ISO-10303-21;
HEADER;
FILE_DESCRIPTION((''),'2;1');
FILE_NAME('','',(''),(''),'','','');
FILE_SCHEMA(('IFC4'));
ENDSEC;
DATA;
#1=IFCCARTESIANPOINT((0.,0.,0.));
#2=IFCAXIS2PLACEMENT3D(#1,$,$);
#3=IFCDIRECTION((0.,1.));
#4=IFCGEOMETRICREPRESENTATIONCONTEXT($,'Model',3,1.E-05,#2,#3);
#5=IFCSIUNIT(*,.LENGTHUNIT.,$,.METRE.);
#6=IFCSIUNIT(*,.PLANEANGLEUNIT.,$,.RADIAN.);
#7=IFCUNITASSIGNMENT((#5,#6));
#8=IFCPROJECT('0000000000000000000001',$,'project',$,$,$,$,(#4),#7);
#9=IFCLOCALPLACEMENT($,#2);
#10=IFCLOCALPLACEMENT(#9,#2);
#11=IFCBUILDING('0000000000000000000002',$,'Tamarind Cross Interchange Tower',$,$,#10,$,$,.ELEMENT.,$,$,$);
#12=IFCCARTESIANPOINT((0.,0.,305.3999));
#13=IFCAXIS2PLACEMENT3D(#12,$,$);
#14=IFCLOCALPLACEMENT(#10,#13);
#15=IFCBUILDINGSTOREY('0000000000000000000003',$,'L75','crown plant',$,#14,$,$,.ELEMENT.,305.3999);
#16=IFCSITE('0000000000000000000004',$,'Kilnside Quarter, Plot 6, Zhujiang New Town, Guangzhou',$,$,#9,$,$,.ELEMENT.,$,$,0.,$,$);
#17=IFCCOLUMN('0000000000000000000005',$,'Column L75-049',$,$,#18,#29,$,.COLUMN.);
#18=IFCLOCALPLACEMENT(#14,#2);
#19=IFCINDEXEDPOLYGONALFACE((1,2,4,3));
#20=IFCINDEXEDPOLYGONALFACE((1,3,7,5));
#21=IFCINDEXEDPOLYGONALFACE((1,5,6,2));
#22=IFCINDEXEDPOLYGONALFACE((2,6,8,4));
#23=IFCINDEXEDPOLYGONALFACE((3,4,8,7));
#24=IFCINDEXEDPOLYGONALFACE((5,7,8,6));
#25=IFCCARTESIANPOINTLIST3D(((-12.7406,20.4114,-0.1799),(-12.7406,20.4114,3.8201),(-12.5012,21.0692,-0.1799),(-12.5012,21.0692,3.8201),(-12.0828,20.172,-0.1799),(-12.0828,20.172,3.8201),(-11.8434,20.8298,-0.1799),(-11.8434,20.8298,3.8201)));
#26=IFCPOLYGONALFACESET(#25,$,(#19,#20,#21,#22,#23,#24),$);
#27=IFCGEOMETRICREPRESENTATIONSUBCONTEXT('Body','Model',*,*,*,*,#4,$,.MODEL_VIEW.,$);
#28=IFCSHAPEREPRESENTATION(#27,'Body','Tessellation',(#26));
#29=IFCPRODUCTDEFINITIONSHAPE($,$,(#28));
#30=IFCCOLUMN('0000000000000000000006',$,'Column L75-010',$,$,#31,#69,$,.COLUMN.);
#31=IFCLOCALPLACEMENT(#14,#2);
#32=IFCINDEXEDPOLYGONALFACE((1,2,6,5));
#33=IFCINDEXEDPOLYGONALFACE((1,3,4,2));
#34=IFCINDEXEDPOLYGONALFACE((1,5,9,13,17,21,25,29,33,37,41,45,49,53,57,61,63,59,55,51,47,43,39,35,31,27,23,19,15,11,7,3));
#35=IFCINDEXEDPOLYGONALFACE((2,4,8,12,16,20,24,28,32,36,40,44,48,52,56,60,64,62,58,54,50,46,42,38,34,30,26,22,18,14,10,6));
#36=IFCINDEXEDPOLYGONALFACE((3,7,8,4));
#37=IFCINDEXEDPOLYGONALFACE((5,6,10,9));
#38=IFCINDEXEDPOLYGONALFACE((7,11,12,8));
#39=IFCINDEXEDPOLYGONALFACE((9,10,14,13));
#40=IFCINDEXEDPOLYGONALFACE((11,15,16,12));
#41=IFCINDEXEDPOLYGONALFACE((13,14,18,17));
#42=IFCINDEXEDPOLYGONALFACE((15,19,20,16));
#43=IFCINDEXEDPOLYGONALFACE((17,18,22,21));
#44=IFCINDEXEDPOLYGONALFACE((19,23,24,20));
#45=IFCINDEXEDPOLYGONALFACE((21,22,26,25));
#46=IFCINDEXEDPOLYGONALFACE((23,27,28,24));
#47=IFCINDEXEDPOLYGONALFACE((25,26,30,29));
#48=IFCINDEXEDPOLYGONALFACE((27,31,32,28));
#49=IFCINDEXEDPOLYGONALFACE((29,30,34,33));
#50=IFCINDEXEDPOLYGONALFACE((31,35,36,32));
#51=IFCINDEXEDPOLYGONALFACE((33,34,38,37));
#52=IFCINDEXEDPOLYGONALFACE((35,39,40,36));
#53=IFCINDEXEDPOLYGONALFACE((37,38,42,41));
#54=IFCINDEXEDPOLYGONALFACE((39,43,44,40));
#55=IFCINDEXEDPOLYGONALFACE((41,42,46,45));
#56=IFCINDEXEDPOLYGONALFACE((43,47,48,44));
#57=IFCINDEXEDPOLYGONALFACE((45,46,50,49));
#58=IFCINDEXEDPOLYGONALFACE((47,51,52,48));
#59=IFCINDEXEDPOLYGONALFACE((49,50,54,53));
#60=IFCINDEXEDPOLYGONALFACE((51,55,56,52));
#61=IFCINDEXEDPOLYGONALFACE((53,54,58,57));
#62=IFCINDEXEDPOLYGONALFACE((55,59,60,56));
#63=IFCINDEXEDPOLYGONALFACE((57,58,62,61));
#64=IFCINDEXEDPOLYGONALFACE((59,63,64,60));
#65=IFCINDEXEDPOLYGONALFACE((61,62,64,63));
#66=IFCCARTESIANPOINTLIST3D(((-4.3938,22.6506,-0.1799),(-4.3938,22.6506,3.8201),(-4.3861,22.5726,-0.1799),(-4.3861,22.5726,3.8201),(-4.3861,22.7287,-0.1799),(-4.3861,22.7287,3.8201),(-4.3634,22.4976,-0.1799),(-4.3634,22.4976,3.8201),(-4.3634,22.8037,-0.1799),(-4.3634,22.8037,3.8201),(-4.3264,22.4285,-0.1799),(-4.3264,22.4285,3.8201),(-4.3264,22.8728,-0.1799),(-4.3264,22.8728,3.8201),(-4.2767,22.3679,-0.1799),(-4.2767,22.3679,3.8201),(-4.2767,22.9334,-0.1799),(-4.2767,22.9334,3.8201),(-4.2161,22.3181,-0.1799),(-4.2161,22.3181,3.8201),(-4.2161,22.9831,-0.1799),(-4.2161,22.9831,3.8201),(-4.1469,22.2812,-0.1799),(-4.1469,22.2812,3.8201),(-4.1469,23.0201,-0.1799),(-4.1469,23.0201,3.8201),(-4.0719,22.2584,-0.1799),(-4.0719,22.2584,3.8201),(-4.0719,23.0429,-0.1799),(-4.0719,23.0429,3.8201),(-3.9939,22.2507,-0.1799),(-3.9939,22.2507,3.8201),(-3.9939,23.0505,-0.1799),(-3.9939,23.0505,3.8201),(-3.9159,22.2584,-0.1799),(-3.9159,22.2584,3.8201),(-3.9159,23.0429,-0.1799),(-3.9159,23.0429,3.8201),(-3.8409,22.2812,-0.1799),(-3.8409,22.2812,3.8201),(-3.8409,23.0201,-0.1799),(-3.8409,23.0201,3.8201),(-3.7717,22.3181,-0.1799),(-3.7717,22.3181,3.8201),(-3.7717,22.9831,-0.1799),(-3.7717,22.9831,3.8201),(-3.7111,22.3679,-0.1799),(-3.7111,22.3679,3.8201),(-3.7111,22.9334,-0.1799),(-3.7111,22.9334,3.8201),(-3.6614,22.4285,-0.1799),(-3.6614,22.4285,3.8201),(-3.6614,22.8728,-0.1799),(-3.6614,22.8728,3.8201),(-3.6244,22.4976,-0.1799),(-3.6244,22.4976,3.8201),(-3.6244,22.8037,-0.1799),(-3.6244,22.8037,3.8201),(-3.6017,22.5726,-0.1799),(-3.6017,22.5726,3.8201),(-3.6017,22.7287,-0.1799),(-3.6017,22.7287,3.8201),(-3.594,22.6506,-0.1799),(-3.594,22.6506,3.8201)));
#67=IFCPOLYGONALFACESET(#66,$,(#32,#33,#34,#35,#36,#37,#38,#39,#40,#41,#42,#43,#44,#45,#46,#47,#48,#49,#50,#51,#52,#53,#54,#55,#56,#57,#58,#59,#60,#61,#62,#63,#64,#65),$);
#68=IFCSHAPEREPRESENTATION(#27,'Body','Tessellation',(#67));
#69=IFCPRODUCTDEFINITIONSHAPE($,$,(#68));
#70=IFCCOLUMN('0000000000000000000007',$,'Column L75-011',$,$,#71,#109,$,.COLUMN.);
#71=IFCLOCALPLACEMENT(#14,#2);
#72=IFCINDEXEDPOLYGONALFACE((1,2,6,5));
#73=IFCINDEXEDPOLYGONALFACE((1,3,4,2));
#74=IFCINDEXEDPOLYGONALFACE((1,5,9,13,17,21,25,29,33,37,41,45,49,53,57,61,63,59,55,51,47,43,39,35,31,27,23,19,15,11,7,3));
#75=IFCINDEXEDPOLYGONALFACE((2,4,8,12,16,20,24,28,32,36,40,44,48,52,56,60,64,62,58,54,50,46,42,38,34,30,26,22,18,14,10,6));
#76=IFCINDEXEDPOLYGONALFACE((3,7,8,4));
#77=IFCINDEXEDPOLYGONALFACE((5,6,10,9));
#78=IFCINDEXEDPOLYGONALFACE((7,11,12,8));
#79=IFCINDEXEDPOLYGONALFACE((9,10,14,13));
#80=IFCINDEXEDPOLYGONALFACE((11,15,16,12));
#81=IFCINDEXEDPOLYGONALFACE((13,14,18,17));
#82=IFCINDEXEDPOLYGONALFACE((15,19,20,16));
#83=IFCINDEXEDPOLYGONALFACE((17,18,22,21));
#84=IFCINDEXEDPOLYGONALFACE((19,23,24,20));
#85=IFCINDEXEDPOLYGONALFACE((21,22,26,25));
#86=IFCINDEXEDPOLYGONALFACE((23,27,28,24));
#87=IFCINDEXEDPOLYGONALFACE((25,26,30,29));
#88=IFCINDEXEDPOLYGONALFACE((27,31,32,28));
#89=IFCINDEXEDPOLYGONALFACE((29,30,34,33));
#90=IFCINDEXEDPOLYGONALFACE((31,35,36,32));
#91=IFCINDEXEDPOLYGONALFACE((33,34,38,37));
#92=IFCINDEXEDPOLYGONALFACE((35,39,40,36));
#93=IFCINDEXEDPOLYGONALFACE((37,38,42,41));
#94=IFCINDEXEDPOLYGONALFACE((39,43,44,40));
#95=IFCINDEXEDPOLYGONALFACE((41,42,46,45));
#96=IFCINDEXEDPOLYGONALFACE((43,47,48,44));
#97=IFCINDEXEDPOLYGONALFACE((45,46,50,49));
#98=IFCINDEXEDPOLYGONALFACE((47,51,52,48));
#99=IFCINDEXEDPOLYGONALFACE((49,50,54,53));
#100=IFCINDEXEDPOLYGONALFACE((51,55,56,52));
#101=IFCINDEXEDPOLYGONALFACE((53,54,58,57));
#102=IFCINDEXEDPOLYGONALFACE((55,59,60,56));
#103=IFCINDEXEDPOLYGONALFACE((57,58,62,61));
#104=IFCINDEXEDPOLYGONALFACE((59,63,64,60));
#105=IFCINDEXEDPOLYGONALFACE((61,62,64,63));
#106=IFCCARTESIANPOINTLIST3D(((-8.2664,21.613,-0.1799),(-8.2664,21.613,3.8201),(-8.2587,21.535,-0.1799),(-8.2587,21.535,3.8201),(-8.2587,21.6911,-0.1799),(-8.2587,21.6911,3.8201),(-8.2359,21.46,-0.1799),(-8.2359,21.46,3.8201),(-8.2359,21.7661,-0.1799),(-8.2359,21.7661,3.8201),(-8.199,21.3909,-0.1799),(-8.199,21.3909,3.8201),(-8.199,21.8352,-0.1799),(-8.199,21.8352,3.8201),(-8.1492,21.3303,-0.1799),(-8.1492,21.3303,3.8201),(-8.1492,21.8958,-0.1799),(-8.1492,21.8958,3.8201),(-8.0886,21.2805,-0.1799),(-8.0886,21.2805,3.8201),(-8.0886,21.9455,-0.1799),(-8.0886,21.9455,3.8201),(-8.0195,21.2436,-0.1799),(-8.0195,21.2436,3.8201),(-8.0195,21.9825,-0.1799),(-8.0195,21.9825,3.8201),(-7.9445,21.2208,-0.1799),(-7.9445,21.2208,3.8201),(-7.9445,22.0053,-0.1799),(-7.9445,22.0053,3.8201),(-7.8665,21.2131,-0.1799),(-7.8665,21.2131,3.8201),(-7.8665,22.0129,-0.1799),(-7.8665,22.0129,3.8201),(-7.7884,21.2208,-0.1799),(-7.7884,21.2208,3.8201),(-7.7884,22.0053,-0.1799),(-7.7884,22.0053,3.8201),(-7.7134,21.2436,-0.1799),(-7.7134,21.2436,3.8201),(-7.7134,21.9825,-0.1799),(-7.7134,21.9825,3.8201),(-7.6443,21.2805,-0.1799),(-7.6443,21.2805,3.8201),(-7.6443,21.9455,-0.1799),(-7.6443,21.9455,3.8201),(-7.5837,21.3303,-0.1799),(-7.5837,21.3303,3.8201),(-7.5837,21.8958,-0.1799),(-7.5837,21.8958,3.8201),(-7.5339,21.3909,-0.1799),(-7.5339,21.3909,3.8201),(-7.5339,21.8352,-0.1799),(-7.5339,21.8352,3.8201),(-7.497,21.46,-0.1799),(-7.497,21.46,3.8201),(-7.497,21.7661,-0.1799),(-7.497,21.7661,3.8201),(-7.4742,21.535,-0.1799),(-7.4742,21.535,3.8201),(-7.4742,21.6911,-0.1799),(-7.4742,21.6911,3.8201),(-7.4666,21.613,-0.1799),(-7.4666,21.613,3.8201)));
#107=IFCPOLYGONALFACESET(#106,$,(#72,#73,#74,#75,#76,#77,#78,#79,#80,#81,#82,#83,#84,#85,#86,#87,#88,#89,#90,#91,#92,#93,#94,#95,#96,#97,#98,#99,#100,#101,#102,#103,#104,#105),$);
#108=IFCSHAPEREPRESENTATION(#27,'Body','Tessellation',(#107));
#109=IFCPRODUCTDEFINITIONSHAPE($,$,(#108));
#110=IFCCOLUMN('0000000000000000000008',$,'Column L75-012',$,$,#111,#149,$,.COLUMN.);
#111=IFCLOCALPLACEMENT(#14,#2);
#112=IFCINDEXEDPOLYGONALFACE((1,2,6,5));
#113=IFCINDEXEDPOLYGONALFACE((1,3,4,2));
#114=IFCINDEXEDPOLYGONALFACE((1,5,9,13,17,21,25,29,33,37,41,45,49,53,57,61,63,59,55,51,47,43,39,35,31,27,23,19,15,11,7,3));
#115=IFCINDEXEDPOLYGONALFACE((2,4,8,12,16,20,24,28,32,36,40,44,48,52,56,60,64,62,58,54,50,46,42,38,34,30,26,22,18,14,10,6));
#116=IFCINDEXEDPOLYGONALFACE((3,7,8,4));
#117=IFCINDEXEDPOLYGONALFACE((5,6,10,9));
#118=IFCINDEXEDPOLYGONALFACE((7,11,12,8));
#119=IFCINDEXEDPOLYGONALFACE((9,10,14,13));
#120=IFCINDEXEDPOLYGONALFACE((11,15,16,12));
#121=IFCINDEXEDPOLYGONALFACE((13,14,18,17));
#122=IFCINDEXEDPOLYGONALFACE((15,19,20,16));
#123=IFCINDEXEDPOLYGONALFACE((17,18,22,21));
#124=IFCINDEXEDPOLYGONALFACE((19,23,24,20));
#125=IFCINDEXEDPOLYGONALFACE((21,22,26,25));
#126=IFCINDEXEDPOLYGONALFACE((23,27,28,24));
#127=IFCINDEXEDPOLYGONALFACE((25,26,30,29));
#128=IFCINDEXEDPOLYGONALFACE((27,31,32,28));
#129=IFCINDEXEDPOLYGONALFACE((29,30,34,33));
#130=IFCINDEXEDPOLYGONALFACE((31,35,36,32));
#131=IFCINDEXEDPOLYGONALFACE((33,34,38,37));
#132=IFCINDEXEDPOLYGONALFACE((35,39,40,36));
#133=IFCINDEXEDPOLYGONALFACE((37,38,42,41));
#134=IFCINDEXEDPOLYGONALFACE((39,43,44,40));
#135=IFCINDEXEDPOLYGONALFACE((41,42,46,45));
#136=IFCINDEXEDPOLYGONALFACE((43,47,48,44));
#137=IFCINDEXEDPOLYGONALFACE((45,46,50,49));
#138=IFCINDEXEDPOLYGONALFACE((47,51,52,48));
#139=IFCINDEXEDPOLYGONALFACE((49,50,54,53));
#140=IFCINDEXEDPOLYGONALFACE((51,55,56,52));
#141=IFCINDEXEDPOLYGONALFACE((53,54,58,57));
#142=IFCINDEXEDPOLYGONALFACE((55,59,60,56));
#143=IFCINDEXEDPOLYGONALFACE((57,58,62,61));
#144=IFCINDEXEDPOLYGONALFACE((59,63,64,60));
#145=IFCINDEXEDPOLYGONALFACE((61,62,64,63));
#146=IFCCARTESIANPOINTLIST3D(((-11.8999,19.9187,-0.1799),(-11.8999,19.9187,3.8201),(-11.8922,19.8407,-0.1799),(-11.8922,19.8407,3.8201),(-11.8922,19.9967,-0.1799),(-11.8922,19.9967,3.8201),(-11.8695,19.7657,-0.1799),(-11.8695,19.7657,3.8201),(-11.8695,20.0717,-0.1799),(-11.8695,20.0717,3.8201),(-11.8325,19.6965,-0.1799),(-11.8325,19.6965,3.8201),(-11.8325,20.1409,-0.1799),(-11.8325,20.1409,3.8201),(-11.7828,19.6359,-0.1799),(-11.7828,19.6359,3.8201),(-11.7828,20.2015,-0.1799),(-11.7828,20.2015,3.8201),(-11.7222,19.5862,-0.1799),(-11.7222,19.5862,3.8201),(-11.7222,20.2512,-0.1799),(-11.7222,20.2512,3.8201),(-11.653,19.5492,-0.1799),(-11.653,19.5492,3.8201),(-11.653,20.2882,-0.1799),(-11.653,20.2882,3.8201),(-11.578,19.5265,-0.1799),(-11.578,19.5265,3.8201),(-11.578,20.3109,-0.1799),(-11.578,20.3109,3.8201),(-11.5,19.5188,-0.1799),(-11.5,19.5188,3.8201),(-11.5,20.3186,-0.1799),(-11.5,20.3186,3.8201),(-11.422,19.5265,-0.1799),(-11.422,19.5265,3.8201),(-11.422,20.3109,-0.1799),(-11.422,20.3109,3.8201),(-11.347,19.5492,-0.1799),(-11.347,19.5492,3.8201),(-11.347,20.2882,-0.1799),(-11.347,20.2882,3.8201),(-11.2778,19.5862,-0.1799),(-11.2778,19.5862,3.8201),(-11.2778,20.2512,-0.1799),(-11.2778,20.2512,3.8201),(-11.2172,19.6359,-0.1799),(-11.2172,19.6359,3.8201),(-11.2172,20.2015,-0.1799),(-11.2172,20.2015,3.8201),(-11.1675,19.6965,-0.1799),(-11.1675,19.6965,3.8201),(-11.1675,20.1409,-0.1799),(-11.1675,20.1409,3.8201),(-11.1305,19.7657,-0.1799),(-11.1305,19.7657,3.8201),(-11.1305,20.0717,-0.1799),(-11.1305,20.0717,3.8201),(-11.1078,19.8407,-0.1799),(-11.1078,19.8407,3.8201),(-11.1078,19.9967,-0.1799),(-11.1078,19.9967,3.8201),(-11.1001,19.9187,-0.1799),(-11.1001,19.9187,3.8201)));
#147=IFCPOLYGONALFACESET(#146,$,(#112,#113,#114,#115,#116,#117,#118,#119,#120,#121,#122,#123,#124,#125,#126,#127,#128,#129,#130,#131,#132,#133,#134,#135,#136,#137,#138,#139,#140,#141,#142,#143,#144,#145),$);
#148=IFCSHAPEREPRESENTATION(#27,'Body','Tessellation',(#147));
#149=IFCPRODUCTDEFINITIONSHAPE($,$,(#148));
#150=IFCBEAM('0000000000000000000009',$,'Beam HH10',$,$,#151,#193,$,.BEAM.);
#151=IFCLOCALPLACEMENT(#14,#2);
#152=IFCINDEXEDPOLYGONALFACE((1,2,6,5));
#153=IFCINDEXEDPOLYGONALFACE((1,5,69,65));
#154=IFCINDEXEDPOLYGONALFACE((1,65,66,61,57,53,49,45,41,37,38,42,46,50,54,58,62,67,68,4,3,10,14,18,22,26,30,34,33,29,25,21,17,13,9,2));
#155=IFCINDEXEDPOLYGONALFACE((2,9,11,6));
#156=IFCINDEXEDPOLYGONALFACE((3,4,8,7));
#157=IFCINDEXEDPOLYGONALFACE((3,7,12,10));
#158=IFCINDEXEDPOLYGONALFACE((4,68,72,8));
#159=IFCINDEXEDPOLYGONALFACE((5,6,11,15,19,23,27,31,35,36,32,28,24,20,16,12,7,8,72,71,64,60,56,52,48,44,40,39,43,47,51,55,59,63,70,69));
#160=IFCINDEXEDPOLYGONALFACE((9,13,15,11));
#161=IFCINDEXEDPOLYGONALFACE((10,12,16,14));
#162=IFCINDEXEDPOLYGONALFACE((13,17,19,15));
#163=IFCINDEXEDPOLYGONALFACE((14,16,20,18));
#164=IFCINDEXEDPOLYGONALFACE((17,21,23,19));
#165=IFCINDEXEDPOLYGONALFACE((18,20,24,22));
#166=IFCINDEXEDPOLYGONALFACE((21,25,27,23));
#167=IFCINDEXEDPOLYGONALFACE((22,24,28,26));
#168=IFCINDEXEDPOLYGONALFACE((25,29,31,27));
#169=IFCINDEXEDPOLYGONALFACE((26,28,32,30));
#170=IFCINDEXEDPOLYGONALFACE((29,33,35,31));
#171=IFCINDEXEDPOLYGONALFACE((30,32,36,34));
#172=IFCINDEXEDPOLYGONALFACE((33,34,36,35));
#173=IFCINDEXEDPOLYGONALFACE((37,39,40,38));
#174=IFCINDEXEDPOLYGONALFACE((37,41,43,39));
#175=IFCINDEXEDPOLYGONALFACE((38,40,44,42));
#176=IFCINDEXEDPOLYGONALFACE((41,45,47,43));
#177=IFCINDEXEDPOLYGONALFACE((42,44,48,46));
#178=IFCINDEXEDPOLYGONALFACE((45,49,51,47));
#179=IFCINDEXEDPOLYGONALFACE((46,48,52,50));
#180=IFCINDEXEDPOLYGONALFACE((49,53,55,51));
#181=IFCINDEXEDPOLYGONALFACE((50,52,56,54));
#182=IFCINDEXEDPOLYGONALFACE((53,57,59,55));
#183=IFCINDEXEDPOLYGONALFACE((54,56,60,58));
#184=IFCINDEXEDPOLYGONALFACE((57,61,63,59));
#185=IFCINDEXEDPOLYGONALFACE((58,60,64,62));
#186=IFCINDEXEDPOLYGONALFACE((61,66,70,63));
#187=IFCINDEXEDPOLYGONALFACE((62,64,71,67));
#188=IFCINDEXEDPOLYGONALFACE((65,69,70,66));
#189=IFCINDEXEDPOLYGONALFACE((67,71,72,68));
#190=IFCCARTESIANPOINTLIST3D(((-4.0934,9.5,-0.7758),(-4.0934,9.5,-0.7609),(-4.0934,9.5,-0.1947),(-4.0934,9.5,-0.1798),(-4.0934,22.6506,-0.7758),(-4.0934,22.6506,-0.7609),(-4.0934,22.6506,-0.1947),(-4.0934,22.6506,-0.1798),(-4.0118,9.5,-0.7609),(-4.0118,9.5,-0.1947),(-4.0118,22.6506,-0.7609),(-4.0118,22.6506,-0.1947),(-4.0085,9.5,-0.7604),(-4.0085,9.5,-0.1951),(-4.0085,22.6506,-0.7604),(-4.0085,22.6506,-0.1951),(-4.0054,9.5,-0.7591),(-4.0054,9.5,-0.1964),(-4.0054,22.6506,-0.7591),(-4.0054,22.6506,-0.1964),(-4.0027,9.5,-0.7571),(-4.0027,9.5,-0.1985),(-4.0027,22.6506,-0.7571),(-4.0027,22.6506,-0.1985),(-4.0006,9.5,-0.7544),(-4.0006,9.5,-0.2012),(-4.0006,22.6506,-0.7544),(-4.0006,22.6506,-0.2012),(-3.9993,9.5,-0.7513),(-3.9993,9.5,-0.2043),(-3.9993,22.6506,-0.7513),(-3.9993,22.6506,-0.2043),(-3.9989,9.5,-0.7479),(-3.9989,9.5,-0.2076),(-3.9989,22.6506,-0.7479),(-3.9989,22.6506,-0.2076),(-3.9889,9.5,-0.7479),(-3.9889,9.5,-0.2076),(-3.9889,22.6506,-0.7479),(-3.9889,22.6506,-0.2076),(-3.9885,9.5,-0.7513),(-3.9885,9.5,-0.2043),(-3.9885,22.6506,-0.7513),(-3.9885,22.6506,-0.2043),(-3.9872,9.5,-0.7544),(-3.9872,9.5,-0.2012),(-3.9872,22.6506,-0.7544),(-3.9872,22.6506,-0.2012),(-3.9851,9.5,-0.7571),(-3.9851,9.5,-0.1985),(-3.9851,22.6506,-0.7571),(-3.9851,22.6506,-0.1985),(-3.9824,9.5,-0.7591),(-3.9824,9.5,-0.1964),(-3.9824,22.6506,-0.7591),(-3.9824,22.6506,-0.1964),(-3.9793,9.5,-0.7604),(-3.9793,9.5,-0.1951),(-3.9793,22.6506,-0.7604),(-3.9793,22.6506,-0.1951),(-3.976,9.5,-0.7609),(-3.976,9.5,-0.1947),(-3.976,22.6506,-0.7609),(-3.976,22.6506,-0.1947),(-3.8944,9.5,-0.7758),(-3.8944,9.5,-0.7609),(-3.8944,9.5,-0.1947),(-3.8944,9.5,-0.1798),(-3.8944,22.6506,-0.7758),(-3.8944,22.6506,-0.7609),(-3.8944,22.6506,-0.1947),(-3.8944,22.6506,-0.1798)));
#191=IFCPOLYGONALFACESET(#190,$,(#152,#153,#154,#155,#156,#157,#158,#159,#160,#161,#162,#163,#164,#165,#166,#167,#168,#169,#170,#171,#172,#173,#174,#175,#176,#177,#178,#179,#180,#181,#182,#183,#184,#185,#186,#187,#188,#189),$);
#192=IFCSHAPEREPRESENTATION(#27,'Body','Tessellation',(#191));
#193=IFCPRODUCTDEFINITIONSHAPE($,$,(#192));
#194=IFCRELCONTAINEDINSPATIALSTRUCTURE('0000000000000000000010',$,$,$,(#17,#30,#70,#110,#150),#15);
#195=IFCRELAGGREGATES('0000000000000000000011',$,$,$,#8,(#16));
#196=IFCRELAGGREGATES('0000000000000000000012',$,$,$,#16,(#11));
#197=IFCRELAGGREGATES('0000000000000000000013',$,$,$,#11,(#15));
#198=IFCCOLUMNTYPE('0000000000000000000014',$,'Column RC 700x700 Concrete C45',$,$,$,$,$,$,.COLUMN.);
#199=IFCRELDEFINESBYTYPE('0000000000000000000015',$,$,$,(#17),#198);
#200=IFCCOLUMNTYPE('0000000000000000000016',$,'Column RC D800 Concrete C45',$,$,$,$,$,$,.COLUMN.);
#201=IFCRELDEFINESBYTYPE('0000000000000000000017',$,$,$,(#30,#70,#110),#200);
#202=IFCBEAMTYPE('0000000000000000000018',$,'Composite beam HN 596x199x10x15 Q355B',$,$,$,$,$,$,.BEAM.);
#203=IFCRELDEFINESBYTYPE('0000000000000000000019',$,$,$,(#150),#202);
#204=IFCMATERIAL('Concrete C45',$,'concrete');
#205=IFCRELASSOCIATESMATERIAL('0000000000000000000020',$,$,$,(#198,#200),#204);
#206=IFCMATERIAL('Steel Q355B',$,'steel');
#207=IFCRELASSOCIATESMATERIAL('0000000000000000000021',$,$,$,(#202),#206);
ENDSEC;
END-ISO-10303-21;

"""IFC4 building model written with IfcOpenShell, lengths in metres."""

from ifc_helpers import new_model, si_unit, direction, frame, origin, origin_2d, place, context, subcontext, project, spatial, rectangle, circle, i_section, extrude, material, material_profile, profile_set, type_object, element, save


model = new_model("IFC4")

# Units and contexts
model_context = context("Model", 3, precision=1e-05, world=origin(), true_north=direction((0.0, 1.0)))
body_context = subcontext(model_context, "Body", "Model", "MODEL_VIEW")
ifc_project = project(units=[si_unit("LENGTHUNIT", "METRE"), si_unit("PLANEANGLEUNIT", "RADIAN")], contexts=[model_context])

# Site, building, storey
site_placement = place(None, origin())
site = spatial("IfcSite", under=ifc_project, at=site_placement, Name="Kilnside Quarter, Plot 6, Zhujiang New Town, Guangzhou", CompositionType="ELEMENT", RefElevation=0.0)
building_placement = place(site_placement, origin())
building = spatial("IfcBuilding", under=site, at=building_placement, Name="Tamarind Cross Interchange Tower", CompositionType="ELEMENT")
storey_placement = place(building_placement, frame((0.0, 0.0, 305.3999)))
storey = spatial("IfcBuildingStorey", under=building, at=storey_placement, Name="L75", Description="crown plant", CompositionType="ELEMENT", Elevation=305.3999)

# Columns
ifc_material_1 = material(Name="Concrete C45", Category="concrete")
ifc_material_profile_1 = material_profile(ifc_material_1, rectangle(XDim=0.7, YDim=0.7, at=origin_2d()), Name="RC 700x700")
ifc_profile_set_1 = profile_set([ifc_material_profile_1], Name="Concrete C45")
column_type_1 = type_object("IfcColumnType", Name="Column RC 700x700 Concrete C45", PredefinedType="COLUMN", material=ifc_profile_set_1)
column_placement = place(storey_placement, frame((-12.292, 20.6206, -0.1799), z_axis=(0.0, 0.0, 1.0), x_axis=(0.341994, 0.939702, 0.0)))
element("IfcColumn", 1, at=column_placement, inside=storey, type_object=column_type_1, Name="Column L75-049", PredefinedType="COLUMN", context=body_context, shape_type="SweptSolid", body=[
    extrude(rectangle(XDim=0.7, YDim=0.7, at=origin_2d()), origin(), (0.0, 0.0, 1.0), 4.0),
])
ifc_material_profile_2 = material_profile(ifc_material_1, circle(Radius=0.3999, at=origin_2d()), Name="RC D800")
ifc_profile_set_2 = profile_set([ifc_material_profile_2], Name="Concrete C45")
column_type_2 = type_object("IfcColumnType", Name="Column RC D800 Concrete C45", PredefinedType="COLUMN", material=ifc_profile_set_2)
for number, where, z_axis, x_axis, name in (
    (2, (-3.9939, 22.6506, -0.1799), (0.0, 0.0, 1.0), (1.0, 0.0, 0.0), "Column L75-010"),
    (3, (-7.8665, 21.613, -0.1799), (0.0, 0.0, 1.0), (1.0, 0.0, 0.0), "Column L75-011"),
    (4, (-11.5, 19.9187, -0.1799), (0.0, 0.0, 1.0), (1.0, 0.0, 0.0), "Column L75-012"),
):
    element("IfcColumn", number, at=place(storey_placement, frame(where, z_axis=z_axis, x_axis=x_axis)), inside=storey, type_object=column_type_2, Name=name, PredefinedType="COLUMN", context=body_context, shape_type="SweptSolid", body=[
        extrude(circle(Radius=0.3999, at=origin_2d()), origin(), (0.0, 0.0, 1.0), 4.0),
    ])

# Beam
ifc_material_2 = material(Name="Steel Q355B", Category="steel")
ifc_material_profile_3 = material_profile(ifc_material_2, i_section(OverallWidth=0.199, OverallDepth=0.5959, WebThickness=0.01, FlangeThickness=0.0149, FilletRadius=0.0129, at=origin_2d()), Name="HN 596x199x10x15")
ifc_profile_set_3 = profile_set([ifc_material_profile_3], Name="Steel Q355B")
beam_type = type_object("IfcBeamType", Name="Composite beam HN 596x199x10x15 Q355B", PredefinedType="BEAM", material=ifc_profile_set_3)
beam_1_placement = place(storey_placement, frame((-3.9939, 22.6506, -0.4778), z_axis=(0.0, -1.0, 0.0), x_axis=(1.0, 0.0, 0.0)))
element("IfcBeam", 5, at=beam_1_placement, inside=storey, type_object=beam_type, Name="Beam HH10", PredefinedType="BEAM", context=body_context, shape_type="SweptSolid", body=[
    extrude(i_section(OverallWidth=0.199, OverallDepth=0.5959, WebThickness=0.01, FlangeThickness=0.0149, FilletRadius=0.0129, at=origin_2d()), origin(), (0.0, 0.0, 1.0), 13.1506),
])

save(model, "model.ifc")
